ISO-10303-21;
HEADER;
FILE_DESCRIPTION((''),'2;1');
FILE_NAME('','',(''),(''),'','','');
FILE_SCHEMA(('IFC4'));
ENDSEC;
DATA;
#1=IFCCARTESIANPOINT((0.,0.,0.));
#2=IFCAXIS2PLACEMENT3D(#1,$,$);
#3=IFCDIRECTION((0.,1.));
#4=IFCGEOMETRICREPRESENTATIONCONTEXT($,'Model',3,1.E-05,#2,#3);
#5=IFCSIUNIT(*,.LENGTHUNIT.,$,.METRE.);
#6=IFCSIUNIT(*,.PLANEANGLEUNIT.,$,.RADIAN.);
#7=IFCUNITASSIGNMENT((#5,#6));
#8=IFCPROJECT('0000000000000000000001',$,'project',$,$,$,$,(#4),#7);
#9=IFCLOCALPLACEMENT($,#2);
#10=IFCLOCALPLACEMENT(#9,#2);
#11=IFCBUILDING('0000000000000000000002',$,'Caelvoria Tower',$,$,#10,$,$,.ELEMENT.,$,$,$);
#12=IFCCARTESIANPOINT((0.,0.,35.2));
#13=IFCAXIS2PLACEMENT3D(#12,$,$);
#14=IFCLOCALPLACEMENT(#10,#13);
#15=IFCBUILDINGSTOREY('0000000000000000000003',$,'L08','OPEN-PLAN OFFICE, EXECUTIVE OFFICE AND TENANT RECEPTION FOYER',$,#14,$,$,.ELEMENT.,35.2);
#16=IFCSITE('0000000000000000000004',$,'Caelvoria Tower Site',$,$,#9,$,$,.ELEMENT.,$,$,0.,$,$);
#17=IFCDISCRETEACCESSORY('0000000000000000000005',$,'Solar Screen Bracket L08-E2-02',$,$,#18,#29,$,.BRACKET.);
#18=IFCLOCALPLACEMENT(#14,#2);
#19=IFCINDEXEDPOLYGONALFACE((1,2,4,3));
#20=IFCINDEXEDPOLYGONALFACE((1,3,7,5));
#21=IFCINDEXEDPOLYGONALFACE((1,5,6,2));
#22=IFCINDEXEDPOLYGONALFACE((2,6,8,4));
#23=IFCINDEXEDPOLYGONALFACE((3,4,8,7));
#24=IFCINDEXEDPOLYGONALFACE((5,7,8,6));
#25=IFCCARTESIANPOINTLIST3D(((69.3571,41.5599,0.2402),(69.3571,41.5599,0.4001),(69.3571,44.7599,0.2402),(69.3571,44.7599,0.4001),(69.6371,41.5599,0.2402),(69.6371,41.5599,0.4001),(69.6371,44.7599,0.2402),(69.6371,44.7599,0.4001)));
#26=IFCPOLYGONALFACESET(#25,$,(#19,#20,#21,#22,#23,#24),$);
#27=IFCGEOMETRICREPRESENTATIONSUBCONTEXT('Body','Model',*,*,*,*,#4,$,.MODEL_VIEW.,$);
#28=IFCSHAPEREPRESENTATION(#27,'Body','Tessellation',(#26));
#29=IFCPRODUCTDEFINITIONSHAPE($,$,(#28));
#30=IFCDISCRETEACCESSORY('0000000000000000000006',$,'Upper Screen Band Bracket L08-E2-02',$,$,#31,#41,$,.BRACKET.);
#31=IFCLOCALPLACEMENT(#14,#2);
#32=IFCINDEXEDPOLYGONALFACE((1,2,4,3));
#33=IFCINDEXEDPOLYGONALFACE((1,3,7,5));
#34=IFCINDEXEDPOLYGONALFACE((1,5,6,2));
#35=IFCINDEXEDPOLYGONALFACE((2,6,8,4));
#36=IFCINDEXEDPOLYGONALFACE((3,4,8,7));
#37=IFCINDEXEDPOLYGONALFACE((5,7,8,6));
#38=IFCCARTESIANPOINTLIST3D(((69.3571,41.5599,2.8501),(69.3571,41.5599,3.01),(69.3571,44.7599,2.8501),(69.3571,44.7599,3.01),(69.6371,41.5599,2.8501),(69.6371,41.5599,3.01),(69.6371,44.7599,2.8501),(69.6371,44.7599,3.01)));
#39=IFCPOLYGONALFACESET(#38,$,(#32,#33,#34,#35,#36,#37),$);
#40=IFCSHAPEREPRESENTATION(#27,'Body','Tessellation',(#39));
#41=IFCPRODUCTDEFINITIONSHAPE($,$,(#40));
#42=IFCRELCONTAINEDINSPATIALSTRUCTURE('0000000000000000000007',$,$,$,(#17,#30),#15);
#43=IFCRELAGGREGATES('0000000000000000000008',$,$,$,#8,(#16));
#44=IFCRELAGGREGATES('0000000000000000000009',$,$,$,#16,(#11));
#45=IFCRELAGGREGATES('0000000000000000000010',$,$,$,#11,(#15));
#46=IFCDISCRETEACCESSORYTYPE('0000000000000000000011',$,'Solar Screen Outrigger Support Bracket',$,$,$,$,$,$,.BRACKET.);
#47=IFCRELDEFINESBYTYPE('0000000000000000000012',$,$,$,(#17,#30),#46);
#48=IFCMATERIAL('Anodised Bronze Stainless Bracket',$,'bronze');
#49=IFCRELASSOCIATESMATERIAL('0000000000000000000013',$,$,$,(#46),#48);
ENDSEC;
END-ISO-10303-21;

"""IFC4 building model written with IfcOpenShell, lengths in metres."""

from ifc_helpers import new_model, si_unit, direction, frame, origin, origin_2d, place, context, subcontext, project, spatial, rectangle, extrude, material, type_object, element, save


model = new_model("IFC4")

# Units and contexts
model_context = context("Model", 3, precision=1e-05, world=origin(), true_north=direction((0.0, 1.0)))
body_context = subcontext(model_context, "Body", "Model", "MODEL_VIEW")
ifc_project = project(units=[si_unit("LENGTHUNIT", "METRE"), si_unit("PLANEANGLEUNIT", "RADIAN")], contexts=[model_context])

# Site, building, storey
site_placement = place(None, origin())
site = spatial("IfcSite", under=ifc_project, at=site_placement, Name="Caelvoria Tower Site", CompositionType="ELEMENT", RefElevation=0.0)
building_placement = place(site_placement, origin())
building = spatial("IfcBuilding", under=site, at=building_placement, Name="Caelvoria Tower", CompositionType="ELEMENT")
storey_placement = place(building_placement, frame((0.0, 0.0, 35.2)))
storey = spatial("IfcBuildingStorey", under=building, at=storey_placement, Name="L08", Description="OPEN-PLAN OFFICE, EXECUTIVE OFFICE AND TENANT RECEPTION FOYER", CompositionType="ELEMENT", Elevation=35.2)

# Discrete accessories
ifc_material_1 = material(Name="Anodised Bronze Stainless Bracket", Category="bronze")
discrete_accessory_type = type_object("IfcDiscreteAccessoryType", Name="Solar Screen Outrigger Support Bracket", PredefinedType="BRACKET", material=ifc_material_1)
for number, where, z_axis, x_axis, name in (
    (1, (69.4971, 43.1599, 0.2402), (0.0, 0.0, 1.0), (0.0, 1.0, 0.0), "Solar Screen Bracket L08-E2-02"),
    (2, (69.4971, 43.1599, 2.8501), (0.0, 0.0, 1.0), (0.0, 1.0, 0.0), "Upper Screen Band Bracket L08-E2-02"),
):
    element("IfcDiscreteAccessory", number, at=place(storey_placement, frame(where, z_axis=z_axis, x_axis=x_axis)), inside=storey, type_object=discrete_accessory_type, Name=name, PredefinedType="BRACKET", context=body_context, shape_type="SweptSolid", body=[
        extrude(rectangle(XDim=3.2, YDim=0.28, at=origin_2d()), origin(), (0.0, 0.0, 1.0), 0.1599),
    ])

save(model, "model.ifc")
